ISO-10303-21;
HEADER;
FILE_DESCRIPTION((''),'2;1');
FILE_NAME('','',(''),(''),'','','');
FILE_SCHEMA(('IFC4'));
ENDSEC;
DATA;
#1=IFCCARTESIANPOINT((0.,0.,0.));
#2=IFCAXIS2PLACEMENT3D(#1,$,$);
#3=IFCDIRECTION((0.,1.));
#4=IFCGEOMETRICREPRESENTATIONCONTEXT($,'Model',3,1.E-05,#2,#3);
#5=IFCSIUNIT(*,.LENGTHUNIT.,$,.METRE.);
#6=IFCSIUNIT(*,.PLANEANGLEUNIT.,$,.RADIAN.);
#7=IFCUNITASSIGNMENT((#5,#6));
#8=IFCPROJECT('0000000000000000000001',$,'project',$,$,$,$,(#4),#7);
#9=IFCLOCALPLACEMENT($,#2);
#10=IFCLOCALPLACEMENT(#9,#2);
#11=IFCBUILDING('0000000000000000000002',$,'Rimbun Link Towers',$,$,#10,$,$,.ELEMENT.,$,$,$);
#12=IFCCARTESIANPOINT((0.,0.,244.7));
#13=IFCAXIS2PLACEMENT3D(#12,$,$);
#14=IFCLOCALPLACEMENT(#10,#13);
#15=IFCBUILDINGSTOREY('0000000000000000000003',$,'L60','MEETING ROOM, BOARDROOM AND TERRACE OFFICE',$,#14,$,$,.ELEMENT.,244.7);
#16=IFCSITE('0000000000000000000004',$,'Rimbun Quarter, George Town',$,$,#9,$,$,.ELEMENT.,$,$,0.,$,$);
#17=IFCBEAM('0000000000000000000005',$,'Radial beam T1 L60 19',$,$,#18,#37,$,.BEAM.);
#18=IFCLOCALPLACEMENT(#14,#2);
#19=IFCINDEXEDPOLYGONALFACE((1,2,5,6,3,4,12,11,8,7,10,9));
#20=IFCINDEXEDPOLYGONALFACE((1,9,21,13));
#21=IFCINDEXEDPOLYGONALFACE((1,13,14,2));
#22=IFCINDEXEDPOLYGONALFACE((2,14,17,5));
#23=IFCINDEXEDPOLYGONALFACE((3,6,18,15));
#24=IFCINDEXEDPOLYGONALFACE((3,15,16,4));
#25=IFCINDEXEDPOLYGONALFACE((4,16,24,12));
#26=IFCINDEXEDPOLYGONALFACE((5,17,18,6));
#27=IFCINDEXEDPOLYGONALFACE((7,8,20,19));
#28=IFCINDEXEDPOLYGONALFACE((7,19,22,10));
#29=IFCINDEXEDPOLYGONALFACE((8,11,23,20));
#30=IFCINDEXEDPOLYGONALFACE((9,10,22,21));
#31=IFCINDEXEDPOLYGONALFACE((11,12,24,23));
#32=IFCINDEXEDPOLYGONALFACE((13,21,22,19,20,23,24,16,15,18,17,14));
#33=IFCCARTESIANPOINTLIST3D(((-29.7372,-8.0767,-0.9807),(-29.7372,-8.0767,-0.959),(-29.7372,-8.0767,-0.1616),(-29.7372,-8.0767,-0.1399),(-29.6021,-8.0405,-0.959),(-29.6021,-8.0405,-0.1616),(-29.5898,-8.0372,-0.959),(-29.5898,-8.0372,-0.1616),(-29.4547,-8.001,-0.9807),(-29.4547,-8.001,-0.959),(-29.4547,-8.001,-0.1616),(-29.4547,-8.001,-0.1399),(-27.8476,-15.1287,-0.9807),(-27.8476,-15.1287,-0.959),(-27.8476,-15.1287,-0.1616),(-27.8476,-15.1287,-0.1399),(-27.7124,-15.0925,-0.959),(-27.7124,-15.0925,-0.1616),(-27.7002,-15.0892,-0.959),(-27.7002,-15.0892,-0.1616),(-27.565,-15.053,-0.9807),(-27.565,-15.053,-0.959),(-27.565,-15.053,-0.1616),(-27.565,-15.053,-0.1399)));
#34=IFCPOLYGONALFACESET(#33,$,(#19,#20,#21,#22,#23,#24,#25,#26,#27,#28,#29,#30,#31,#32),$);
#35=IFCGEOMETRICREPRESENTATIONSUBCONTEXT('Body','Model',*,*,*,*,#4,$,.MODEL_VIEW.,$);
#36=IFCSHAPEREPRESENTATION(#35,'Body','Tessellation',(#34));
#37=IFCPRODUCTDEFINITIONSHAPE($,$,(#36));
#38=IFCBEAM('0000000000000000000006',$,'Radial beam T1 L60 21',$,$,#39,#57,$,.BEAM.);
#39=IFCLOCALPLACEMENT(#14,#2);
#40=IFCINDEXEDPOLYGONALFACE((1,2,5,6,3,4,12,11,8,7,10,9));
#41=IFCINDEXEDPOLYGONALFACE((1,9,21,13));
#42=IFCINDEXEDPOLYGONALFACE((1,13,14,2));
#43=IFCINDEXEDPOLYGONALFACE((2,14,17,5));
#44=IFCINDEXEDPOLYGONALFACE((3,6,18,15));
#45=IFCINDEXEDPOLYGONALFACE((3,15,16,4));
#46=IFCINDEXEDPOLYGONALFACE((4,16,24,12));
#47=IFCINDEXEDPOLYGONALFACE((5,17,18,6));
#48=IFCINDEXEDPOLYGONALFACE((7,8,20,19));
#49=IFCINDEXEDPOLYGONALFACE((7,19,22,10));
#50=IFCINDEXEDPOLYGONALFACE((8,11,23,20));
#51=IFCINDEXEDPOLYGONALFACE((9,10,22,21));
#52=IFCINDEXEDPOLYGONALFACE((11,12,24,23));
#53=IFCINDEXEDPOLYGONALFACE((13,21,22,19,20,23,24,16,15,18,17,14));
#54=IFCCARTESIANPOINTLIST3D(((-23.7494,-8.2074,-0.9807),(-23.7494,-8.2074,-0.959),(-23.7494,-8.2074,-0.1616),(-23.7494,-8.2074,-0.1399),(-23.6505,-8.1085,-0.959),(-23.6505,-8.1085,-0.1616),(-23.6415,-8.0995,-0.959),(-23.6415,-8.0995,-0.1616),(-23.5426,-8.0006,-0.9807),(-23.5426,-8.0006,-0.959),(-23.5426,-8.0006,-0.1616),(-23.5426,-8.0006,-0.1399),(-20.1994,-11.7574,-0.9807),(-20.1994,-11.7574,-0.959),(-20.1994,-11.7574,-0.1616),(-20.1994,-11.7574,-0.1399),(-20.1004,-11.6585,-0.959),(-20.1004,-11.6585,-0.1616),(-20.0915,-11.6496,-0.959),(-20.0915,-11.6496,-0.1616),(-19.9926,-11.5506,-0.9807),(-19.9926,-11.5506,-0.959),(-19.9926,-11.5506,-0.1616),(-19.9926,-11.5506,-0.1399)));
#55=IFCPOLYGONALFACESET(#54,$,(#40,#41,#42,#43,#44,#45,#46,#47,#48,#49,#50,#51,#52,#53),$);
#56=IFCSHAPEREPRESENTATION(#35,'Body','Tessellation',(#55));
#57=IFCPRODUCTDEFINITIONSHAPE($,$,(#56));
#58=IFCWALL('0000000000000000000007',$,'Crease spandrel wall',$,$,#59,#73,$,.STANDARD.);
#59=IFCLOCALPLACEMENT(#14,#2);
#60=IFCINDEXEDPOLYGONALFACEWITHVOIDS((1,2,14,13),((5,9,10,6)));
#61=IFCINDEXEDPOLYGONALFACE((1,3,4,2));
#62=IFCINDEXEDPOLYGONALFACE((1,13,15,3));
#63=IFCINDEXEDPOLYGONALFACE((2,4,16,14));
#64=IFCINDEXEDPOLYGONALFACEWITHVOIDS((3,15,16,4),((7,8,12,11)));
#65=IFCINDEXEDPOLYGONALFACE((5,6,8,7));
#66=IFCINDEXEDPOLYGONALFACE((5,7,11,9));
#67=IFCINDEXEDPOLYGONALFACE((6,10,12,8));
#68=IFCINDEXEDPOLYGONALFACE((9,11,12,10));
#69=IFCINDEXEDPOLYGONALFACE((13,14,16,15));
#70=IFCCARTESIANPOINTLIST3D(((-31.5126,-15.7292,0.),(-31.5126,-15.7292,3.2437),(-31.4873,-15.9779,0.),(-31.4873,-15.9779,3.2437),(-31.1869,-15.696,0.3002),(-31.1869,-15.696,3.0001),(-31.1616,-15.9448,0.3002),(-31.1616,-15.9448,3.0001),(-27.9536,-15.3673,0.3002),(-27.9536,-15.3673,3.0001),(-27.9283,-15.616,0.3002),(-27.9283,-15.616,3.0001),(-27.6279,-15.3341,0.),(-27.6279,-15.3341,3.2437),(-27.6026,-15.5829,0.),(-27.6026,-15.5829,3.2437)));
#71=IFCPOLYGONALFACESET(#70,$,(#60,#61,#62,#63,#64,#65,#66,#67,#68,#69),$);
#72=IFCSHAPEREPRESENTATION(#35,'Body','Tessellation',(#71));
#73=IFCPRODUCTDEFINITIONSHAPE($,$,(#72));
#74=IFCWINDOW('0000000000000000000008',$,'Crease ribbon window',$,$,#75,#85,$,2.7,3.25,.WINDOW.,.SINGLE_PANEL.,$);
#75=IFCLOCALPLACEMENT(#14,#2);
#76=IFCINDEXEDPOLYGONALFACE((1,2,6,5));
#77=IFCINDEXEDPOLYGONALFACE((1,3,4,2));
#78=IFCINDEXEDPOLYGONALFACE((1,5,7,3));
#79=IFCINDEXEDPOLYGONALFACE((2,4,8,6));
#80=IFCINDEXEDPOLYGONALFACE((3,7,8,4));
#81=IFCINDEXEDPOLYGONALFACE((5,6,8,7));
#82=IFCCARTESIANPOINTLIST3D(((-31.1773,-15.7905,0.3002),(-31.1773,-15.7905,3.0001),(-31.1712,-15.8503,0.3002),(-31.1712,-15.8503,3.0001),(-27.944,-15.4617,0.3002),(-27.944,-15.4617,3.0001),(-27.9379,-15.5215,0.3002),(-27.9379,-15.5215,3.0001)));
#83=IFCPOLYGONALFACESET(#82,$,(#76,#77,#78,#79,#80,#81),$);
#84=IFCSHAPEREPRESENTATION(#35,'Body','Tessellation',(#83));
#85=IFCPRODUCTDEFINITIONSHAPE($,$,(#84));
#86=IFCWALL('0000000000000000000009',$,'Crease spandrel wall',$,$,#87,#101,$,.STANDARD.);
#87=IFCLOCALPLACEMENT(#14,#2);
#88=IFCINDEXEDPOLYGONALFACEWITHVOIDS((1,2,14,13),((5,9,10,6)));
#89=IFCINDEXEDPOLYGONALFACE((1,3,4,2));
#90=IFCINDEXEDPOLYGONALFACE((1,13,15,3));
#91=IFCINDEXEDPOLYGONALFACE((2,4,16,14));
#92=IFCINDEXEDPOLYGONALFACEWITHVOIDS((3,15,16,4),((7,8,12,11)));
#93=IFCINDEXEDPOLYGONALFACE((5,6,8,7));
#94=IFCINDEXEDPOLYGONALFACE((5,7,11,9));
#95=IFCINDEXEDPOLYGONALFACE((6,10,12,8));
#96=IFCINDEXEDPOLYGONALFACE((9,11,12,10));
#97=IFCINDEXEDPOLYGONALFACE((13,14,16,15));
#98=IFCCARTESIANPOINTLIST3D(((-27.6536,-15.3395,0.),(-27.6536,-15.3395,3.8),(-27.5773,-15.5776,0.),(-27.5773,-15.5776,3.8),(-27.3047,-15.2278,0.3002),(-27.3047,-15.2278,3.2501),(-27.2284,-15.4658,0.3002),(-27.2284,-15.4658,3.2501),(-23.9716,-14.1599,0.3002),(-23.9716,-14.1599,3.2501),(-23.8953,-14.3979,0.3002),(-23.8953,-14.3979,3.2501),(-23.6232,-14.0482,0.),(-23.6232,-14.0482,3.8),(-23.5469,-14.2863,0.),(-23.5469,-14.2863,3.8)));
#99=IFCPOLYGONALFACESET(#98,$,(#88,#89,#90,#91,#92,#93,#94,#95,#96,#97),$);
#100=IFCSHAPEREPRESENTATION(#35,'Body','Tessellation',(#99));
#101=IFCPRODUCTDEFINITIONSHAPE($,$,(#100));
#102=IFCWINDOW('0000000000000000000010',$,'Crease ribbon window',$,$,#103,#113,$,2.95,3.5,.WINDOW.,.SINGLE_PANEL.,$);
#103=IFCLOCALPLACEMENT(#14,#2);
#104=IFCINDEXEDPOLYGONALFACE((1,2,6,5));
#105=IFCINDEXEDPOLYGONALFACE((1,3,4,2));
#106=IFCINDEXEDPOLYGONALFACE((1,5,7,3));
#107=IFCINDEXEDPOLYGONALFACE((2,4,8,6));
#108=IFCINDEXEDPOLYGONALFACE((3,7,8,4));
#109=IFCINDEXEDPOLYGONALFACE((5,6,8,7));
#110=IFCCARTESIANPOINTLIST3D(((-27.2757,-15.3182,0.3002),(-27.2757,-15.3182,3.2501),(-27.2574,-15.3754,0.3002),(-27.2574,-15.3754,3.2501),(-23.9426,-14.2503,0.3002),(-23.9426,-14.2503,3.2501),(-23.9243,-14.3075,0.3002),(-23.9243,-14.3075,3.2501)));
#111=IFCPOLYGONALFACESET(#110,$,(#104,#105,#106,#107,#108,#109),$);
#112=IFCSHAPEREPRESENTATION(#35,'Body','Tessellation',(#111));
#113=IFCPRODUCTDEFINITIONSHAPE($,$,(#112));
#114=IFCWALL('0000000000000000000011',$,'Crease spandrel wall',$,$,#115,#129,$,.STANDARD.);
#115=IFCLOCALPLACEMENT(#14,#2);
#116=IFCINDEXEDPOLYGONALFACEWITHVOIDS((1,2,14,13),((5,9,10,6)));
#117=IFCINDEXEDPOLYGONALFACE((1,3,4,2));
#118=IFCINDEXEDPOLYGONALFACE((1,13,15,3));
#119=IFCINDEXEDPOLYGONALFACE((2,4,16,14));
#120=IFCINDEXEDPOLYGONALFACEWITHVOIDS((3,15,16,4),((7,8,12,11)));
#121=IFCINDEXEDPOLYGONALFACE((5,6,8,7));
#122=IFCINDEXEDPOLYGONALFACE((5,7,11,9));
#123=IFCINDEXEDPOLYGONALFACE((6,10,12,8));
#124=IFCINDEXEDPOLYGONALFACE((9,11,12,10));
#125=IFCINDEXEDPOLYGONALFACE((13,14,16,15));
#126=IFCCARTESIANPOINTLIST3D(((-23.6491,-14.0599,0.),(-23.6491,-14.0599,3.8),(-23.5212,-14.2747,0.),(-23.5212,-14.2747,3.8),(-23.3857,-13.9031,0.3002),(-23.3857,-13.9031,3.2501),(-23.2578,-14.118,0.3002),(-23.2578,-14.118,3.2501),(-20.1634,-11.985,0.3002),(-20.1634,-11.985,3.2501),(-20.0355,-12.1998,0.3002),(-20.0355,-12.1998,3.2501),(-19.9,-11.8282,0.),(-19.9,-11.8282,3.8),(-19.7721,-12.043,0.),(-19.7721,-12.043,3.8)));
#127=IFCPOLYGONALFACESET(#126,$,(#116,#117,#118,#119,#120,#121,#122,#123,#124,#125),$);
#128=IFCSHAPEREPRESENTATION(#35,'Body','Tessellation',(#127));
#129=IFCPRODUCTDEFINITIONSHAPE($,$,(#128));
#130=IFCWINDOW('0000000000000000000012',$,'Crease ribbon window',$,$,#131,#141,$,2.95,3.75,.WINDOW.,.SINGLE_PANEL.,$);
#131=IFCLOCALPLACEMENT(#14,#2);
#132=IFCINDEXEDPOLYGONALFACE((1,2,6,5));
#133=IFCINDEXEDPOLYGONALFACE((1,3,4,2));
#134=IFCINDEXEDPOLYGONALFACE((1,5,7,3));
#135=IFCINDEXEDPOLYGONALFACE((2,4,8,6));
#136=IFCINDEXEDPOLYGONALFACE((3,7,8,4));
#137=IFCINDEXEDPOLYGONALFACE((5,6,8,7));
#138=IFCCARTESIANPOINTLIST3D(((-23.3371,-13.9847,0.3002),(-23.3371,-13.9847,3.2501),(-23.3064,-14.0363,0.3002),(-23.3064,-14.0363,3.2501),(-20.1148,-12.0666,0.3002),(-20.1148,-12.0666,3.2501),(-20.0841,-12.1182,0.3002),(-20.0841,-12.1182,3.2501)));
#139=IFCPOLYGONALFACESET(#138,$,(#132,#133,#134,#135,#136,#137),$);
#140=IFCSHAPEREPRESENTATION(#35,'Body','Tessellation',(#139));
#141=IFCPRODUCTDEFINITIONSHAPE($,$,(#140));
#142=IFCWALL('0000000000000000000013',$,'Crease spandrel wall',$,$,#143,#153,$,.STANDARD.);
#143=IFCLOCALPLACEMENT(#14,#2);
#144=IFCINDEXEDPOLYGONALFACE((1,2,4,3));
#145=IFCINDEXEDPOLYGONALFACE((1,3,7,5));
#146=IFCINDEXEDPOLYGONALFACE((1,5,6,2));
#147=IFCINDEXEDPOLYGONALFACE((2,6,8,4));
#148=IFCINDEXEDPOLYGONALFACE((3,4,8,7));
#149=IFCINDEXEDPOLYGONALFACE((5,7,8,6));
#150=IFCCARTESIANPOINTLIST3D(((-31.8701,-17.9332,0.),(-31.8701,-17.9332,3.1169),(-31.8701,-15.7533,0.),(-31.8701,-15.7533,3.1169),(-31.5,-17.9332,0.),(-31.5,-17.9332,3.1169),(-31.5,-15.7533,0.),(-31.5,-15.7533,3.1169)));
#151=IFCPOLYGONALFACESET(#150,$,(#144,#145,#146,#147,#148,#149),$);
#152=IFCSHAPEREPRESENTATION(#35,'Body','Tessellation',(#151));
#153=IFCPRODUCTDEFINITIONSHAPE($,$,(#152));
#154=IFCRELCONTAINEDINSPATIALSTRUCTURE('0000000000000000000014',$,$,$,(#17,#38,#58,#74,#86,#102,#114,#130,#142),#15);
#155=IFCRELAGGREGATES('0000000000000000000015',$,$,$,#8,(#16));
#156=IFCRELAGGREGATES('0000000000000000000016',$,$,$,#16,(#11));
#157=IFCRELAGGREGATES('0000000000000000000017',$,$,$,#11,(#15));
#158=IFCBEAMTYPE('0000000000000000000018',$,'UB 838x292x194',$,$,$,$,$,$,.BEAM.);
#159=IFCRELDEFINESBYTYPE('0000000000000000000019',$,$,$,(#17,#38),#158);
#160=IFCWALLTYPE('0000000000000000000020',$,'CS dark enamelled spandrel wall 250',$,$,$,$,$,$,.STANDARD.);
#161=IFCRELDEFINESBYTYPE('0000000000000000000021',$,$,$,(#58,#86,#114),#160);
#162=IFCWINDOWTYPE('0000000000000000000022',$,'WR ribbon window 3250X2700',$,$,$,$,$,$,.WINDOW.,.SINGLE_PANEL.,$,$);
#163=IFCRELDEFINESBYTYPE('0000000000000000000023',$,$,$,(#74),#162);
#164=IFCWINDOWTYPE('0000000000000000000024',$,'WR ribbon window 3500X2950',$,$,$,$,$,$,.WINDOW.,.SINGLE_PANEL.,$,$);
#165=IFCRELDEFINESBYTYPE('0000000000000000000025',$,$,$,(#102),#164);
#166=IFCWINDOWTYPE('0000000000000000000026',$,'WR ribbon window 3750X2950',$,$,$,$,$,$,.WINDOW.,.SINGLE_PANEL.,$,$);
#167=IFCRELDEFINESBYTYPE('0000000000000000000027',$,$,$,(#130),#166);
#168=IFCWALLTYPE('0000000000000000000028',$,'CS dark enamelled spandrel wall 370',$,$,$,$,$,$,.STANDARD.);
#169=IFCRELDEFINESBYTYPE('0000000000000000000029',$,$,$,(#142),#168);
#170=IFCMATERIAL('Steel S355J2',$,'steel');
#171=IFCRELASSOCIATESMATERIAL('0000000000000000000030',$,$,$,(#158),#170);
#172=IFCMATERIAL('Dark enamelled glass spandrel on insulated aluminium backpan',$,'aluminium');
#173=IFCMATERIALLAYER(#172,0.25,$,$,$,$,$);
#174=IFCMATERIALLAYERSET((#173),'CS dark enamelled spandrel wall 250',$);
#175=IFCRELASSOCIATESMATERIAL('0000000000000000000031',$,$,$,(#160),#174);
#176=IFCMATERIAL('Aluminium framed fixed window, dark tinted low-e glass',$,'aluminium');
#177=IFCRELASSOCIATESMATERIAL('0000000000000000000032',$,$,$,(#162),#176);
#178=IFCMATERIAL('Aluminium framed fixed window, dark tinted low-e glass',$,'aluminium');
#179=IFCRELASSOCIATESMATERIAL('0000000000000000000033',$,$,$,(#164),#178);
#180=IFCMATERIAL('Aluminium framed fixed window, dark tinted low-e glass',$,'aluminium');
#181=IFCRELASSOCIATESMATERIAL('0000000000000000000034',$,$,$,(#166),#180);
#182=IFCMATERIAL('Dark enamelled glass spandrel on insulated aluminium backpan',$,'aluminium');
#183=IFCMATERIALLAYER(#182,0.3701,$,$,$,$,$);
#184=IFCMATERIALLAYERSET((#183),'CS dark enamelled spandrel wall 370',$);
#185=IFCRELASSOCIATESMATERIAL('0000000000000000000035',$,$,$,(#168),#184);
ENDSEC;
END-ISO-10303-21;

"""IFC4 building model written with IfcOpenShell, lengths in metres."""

from ifc_helpers import new_model, si_unit, direction, frame, frame_2d, origin, origin_2d, place, context, subcontext, project, spatial, rectangle, i_section, extrude, material, layer, layer_set, material_profile, profile_set, type_object, element, fill, save


model = new_model("IFC4")

# Units and contexts
model_context = context("Model", 3, precision=1e-05, world=origin(), true_north=direction((0.0, 1.0)))
body_context = subcontext(model_context, "Body", "Model", "MODEL_VIEW")
ifc_project = project(units=[si_unit("LENGTHUNIT", "METRE"), si_unit("PLANEANGLEUNIT", "RADIAN")], contexts=[model_context])

# Site, building, storey
site_placement = place(None, origin())
site = spatial("IfcSite", under=ifc_project, at=site_placement, Name="Rimbun Quarter, George Town", CompositionType="ELEMENT", RefElevation=0.0)
building_placement = place(site_placement, origin())
building = spatial("IfcBuilding", under=site, at=building_placement, Name="Rimbun Link Towers", CompositionType="ELEMENT")
storey_placement = place(building_placement, frame((0.0, 0.0, 244.7)))
storey = spatial("IfcBuildingStorey", under=building, at=storey_placement, Name="L60", Description="MEETING ROOM, BOARDROOM AND TERRACE OFFICE", CompositionType="ELEMENT", Elevation=244.7)

# Beams
ifc_material_1 = material(Name="Steel S355J2", Category="steel")
ifc_material_profile_1 = material_profile(ifc_material_1, i_section(OverallWidth=0.2925, OverallDepth=0.8408, WebThickness=0.0127, FlangeThickness=0.0217, at=origin_2d()), Name="UB 838x292x194")
ifc_profile_set_1 = profile_set([ifc_material_profile_1], Name="Steel S355J2")
beam_type_1 = type_object("IfcBeamType", Name="UB 838x292x194", PredefinedType="BEAM", material=ifc_profile_set_1)
beam_1_placement = place(storey_placement, frame((-29.5959, -8.0388, -0.5603), z_axis=(0.258828, -0.965923, 0.0), x_axis=(0.965923, 0.258828, 0.0)))
element("IfcBeam", 1, at=beam_1_placement, inside=storey, type_object=beam_type_1, Name="Radial beam T1 L60 19", PredefinedType="BEAM", context=body_context, shape_type="SweptSolid", body=[
    extrude(i_section(OverallWidth=0.2925, OverallDepth=0.8408, WebThickness=0.0127, FlangeThickness=0.0217, at=origin_2d()), origin(), (0.0, 0.0, 1.0), 7.3008),
])
beam_2_placement = place(storey_placement, frame((-23.646, -8.104, -0.5603), z_axis=(0.707107, -0.707107, 0.0), x_axis=(0.707107, 0.707107, 0.0)))
element("IfcBeam", 2, at=beam_2_placement, inside=storey, type_object=beam_type_1, Name="Radial beam T1 L60 21", PredefinedType="BEAM", context=body_context, shape_type="SweptSolid", body=[
    extrude(i_section(OverallWidth=0.2925, OverallDepth=0.8408, WebThickness=0.0127, FlangeThickness=0.0217, at=origin_2d()), origin(), (0.0, 0.0, 1.0), 5.0205),
])

# Walls, openings, windows
ifc_material_2 = material(Name="Dark enamelled glass spandrel on insulated aluminium backpan", Category="aluminium")
ifc_layer_1 = layer(ifc_material_2, 0.25)
ifc_layer_set_1 = layer_set([ifc_layer_1], Name="CS dark enamelled spandrel wall 250")
wall_type_1 = type_object("IfcWallType", Name="CS dark enamelled spandrel wall 250", PredefinedType="STANDARD", material=ifc_layer_set_1)
wall_1_placement = place(storey_placement, frame((-27.6152, -15.4585, 0.0), z_axis=(0.0, 0.0, 1.0), x_axis=(-0.99487, -0.101163, 0.0)))
wall_1 = element("IfcWall", 3, at=wall_1_placement, inside=storey, type_object=wall_type_1, Name="Crease spandrel wall", PredefinedType="STANDARD", context=body_context, shape_type="SweptSolid", body=[
    extrude(rectangle(XDim=3.9048, YDim=0.25, at=frame_2d((1.9524, 0.0))), origin(), (0.0, 0.0, 1.0), 3.2437),
])
opening_1_placement = place(wall_1_placement, frame((0.3274, 0.0, 0.3)))
opening_1 = element("IfcOpeningElement", 4, at=opening_1_placement, cuts=wall_1, PredefinedType="OPENING", context=body_context, shape_type="SweptSolid", body=[
    extrude(rectangle(XDim=3.25, YDim=2.7, at=frame_2d((1.625, 1.3501))), frame((0.0, 0.135, 0.0), z_axis=(0.0, -1.0, 0.0), x_axis=(1.0, 0.0, 0.0)), (0.0, 0.0, 1.0), 0.27),
])
ifc_material_3 = material(Name="Aluminium framed fixed window, dark tinted low-e glass", Category="aluminium")
window_type_1 = type_object("IfcWindowType", Name="WR ribbon window 3250X2700", PartitioningType="SINGLE_PANEL", PredefinedType="WINDOW", material=ifc_material_3)
window_1_placement = place(opening_1_placement, origin())
window_1 = element("IfcWindow", 5, at=window_1_placement, inside=storey, type_object=window_type_1, Name="Crease ribbon window", OverallHeight=2.7, OverallWidth=3.25, PartitioningType="SINGLE_PANEL", PredefinedType="WINDOW", context=body_context, shape_type="SweptSolid", body=[
    extrude(rectangle(XDim=3.25, YDim=2.7, at=frame_2d((1.625, 1.3501))), frame((0.0, 0.03, 0.0), z_axis=(0.0, -1.0, 0.0), x_axis=(1.0, 0.0, 0.0)), (0.0, 0.0, 1.0), 0.0601),
])
fill(opening_1, window_1)
wall_2_placement = place(storey_placement, frame((-23.585, -14.1672, 0.0), z_axis=(0.0, 0.0, 1.0), x_axis=(-0.952316, -0.305113, 0.0)))
wall_2 = element("IfcWall", 6, at=wall_2_placement, inside=storey, type_object=wall_type_1, Name="Crease spandrel wall", PredefinedType="STANDARD", context=body_context, shape_type="SweptSolid", body=[
    extrude(rectangle(XDim=4.2322, YDim=0.25, at=frame_2d((2.1162, 0.0))), origin(), (0.0, 0.0, 1.0), 3.8),
])
opening_2_placement = place(wall_2_placement, frame((0.366, 0.0, 0.3)))
opening_2 = element("IfcOpeningElement", 7, at=opening_2_placement, cuts=wall_2, PredefinedType="OPENING", context=body_context, shape_type="SweptSolid", body=[
    extrude(rectangle(XDim=3.5, YDim=2.95, at=frame_2d((1.75, 1.4751))), frame((0.0, 0.135, 0.0), z_axis=(0.0, -1.0, 0.0), x_axis=(1.0, 0.0, 0.0)), (0.0, 0.0, 1.0), 0.27),
])
ifc_material_4 = material(Name="Aluminium framed fixed window, dark tinted low-e glass", Category="aluminium")
window_type_2 = type_object("IfcWindowType", Name="WR ribbon window 3500X2950", PartitioningType="SINGLE_PANEL", PredefinedType="WINDOW", material=ifc_material_4)
window_2_placement = place(opening_2_placement, origin())
window_2 = element("IfcWindow", 8, at=window_2_placement, inside=storey, type_object=window_type_2, Name="Crease ribbon window", OverallHeight=2.95, OverallWidth=3.5, PartitioningType="SINGLE_PANEL", PredefinedType="WINDOW", context=body_context, shape_type="SweptSolid", body=[
    extrude(rectangle(XDim=3.5, YDim=2.95, at=frame_2d((1.75, 1.4751))), frame((0.0, 0.03, 0.0), z_axis=(0.0, -1.0, 0.0), x_axis=(1.0, 0.0, 0.0)), (0.0, 0.0, 1.0), 0.0601),
])
fill(opening_2, window_2)
wall_3_placement = place(storey_placement, frame((-19.8359, -11.9355, 0.0), z_axis=(0.0, 0.0, 1.0), x_axis=(-0.85928, -0.511506, 0.0)))
wall_3 = element("IfcWall", 9, at=wall_3_placement, inside=storey, type_object=wall_type_1, Name="Crease spandrel wall", PredefinedType="STANDARD", context=body_context, shape_type="SweptSolid", body=[
    extrude(rectangle(XDim=4.363, YDim=0.25, at=frame_2d((2.1816, 0.0))), origin(), (0.0, 0.0, 1.0), 3.8),
])
opening_3_placement = place(wall_3_placement, frame((0.3066, 0.0, 0.3)))
opening_3 = element("IfcOpeningElement", 10, at=opening_3_placement, cuts=wall_3, PredefinedType="OPENING", context=body_context, shape_type="SweptSolid", body=[
    extrude(rectangle(XDim=3.75, YDim=2.95, at=frame_2d((1.875, 1.4751))), frame((0.0, 0.135, 0.0), z_axis=(0.0, -1.0, 0.0), x_axis=(1.0, 0.0, 0.0)), (0.0, 0.0, 1.0), 0.27),
])
ifc_material_5 = material(Name="Aluminium framed fixed window, dark tinted low-e glass", Category="aluminium")
window_type_3 = type_object("IfcWindowType", Name="WR ribbon window 3750X2950", PartitioningType="SINGLE_PANEL", PredefinedType="WINDOW", material=ifc_material_5)
window_3_placement = place(opening_3_placement, origin())
window_3 = element("IfcWindow", 11, at=window_3_placement, inside=storey, type_object=window_type_3, Name="Crease ribbon window", OverallHeight=2.95, OverallWidth=3.75, PartitioningType="SINGLE_PANEL", PredefinedType="WINDOW", context=body_context, shape_type="SweptSolid", body=[
    extrude(rectangle(XDim=3.75, YDim=2.95, at=frame_2d((1.875, 1.4751))), frame((0.0, 0.03, 0.0), z_axis=(0.0, -1.0, 0.0), x_axis=(1.0, 0.0, 0.0)), (0.0, 0.0, 1.0), 0.0601),
])
fill(opening_3, window_3)

# Wall
ifc_material_6 = material(Name="Dark enamelled glass spandrel on insulated aluminium backpan", Category="aluminium")
ifc_layer_2 = layer(ifc_material_6, 0.3701)
ifc_layer_set_2 = layer_set([ifc_layer_2], Name="CS dark enamelled spandrel wall 370")
wall_type_2 = type_object("IfcWallType", Name="CS dark enamelled spandrel wall 370", PredefinedType="STANDARD", material=ifc_layer_set_2)
wall_4_placement = place(storey_placement, frame((-31.6851, -15.7534, 0.0), z_axis=(0.0, 0.0, 1.0), x_axis=(0.0, -1.0, 0.0)))
element("IfcWall", 12, at=wall_4_placement, inside=storey, type_object=wall_type_2, Name="Crease spandrel wall", PredefinedType="STANDARD", context=body_context, shape_type="SweptSolid", body=[
    extrude(rectangle(XDim=2.1799, YDim=0.3701, at=frame_2d((1.0898, 0.0))), origin(), (0.0, 0.0, 1.0), 3.1169),
])

save(model, "model.ifc")
